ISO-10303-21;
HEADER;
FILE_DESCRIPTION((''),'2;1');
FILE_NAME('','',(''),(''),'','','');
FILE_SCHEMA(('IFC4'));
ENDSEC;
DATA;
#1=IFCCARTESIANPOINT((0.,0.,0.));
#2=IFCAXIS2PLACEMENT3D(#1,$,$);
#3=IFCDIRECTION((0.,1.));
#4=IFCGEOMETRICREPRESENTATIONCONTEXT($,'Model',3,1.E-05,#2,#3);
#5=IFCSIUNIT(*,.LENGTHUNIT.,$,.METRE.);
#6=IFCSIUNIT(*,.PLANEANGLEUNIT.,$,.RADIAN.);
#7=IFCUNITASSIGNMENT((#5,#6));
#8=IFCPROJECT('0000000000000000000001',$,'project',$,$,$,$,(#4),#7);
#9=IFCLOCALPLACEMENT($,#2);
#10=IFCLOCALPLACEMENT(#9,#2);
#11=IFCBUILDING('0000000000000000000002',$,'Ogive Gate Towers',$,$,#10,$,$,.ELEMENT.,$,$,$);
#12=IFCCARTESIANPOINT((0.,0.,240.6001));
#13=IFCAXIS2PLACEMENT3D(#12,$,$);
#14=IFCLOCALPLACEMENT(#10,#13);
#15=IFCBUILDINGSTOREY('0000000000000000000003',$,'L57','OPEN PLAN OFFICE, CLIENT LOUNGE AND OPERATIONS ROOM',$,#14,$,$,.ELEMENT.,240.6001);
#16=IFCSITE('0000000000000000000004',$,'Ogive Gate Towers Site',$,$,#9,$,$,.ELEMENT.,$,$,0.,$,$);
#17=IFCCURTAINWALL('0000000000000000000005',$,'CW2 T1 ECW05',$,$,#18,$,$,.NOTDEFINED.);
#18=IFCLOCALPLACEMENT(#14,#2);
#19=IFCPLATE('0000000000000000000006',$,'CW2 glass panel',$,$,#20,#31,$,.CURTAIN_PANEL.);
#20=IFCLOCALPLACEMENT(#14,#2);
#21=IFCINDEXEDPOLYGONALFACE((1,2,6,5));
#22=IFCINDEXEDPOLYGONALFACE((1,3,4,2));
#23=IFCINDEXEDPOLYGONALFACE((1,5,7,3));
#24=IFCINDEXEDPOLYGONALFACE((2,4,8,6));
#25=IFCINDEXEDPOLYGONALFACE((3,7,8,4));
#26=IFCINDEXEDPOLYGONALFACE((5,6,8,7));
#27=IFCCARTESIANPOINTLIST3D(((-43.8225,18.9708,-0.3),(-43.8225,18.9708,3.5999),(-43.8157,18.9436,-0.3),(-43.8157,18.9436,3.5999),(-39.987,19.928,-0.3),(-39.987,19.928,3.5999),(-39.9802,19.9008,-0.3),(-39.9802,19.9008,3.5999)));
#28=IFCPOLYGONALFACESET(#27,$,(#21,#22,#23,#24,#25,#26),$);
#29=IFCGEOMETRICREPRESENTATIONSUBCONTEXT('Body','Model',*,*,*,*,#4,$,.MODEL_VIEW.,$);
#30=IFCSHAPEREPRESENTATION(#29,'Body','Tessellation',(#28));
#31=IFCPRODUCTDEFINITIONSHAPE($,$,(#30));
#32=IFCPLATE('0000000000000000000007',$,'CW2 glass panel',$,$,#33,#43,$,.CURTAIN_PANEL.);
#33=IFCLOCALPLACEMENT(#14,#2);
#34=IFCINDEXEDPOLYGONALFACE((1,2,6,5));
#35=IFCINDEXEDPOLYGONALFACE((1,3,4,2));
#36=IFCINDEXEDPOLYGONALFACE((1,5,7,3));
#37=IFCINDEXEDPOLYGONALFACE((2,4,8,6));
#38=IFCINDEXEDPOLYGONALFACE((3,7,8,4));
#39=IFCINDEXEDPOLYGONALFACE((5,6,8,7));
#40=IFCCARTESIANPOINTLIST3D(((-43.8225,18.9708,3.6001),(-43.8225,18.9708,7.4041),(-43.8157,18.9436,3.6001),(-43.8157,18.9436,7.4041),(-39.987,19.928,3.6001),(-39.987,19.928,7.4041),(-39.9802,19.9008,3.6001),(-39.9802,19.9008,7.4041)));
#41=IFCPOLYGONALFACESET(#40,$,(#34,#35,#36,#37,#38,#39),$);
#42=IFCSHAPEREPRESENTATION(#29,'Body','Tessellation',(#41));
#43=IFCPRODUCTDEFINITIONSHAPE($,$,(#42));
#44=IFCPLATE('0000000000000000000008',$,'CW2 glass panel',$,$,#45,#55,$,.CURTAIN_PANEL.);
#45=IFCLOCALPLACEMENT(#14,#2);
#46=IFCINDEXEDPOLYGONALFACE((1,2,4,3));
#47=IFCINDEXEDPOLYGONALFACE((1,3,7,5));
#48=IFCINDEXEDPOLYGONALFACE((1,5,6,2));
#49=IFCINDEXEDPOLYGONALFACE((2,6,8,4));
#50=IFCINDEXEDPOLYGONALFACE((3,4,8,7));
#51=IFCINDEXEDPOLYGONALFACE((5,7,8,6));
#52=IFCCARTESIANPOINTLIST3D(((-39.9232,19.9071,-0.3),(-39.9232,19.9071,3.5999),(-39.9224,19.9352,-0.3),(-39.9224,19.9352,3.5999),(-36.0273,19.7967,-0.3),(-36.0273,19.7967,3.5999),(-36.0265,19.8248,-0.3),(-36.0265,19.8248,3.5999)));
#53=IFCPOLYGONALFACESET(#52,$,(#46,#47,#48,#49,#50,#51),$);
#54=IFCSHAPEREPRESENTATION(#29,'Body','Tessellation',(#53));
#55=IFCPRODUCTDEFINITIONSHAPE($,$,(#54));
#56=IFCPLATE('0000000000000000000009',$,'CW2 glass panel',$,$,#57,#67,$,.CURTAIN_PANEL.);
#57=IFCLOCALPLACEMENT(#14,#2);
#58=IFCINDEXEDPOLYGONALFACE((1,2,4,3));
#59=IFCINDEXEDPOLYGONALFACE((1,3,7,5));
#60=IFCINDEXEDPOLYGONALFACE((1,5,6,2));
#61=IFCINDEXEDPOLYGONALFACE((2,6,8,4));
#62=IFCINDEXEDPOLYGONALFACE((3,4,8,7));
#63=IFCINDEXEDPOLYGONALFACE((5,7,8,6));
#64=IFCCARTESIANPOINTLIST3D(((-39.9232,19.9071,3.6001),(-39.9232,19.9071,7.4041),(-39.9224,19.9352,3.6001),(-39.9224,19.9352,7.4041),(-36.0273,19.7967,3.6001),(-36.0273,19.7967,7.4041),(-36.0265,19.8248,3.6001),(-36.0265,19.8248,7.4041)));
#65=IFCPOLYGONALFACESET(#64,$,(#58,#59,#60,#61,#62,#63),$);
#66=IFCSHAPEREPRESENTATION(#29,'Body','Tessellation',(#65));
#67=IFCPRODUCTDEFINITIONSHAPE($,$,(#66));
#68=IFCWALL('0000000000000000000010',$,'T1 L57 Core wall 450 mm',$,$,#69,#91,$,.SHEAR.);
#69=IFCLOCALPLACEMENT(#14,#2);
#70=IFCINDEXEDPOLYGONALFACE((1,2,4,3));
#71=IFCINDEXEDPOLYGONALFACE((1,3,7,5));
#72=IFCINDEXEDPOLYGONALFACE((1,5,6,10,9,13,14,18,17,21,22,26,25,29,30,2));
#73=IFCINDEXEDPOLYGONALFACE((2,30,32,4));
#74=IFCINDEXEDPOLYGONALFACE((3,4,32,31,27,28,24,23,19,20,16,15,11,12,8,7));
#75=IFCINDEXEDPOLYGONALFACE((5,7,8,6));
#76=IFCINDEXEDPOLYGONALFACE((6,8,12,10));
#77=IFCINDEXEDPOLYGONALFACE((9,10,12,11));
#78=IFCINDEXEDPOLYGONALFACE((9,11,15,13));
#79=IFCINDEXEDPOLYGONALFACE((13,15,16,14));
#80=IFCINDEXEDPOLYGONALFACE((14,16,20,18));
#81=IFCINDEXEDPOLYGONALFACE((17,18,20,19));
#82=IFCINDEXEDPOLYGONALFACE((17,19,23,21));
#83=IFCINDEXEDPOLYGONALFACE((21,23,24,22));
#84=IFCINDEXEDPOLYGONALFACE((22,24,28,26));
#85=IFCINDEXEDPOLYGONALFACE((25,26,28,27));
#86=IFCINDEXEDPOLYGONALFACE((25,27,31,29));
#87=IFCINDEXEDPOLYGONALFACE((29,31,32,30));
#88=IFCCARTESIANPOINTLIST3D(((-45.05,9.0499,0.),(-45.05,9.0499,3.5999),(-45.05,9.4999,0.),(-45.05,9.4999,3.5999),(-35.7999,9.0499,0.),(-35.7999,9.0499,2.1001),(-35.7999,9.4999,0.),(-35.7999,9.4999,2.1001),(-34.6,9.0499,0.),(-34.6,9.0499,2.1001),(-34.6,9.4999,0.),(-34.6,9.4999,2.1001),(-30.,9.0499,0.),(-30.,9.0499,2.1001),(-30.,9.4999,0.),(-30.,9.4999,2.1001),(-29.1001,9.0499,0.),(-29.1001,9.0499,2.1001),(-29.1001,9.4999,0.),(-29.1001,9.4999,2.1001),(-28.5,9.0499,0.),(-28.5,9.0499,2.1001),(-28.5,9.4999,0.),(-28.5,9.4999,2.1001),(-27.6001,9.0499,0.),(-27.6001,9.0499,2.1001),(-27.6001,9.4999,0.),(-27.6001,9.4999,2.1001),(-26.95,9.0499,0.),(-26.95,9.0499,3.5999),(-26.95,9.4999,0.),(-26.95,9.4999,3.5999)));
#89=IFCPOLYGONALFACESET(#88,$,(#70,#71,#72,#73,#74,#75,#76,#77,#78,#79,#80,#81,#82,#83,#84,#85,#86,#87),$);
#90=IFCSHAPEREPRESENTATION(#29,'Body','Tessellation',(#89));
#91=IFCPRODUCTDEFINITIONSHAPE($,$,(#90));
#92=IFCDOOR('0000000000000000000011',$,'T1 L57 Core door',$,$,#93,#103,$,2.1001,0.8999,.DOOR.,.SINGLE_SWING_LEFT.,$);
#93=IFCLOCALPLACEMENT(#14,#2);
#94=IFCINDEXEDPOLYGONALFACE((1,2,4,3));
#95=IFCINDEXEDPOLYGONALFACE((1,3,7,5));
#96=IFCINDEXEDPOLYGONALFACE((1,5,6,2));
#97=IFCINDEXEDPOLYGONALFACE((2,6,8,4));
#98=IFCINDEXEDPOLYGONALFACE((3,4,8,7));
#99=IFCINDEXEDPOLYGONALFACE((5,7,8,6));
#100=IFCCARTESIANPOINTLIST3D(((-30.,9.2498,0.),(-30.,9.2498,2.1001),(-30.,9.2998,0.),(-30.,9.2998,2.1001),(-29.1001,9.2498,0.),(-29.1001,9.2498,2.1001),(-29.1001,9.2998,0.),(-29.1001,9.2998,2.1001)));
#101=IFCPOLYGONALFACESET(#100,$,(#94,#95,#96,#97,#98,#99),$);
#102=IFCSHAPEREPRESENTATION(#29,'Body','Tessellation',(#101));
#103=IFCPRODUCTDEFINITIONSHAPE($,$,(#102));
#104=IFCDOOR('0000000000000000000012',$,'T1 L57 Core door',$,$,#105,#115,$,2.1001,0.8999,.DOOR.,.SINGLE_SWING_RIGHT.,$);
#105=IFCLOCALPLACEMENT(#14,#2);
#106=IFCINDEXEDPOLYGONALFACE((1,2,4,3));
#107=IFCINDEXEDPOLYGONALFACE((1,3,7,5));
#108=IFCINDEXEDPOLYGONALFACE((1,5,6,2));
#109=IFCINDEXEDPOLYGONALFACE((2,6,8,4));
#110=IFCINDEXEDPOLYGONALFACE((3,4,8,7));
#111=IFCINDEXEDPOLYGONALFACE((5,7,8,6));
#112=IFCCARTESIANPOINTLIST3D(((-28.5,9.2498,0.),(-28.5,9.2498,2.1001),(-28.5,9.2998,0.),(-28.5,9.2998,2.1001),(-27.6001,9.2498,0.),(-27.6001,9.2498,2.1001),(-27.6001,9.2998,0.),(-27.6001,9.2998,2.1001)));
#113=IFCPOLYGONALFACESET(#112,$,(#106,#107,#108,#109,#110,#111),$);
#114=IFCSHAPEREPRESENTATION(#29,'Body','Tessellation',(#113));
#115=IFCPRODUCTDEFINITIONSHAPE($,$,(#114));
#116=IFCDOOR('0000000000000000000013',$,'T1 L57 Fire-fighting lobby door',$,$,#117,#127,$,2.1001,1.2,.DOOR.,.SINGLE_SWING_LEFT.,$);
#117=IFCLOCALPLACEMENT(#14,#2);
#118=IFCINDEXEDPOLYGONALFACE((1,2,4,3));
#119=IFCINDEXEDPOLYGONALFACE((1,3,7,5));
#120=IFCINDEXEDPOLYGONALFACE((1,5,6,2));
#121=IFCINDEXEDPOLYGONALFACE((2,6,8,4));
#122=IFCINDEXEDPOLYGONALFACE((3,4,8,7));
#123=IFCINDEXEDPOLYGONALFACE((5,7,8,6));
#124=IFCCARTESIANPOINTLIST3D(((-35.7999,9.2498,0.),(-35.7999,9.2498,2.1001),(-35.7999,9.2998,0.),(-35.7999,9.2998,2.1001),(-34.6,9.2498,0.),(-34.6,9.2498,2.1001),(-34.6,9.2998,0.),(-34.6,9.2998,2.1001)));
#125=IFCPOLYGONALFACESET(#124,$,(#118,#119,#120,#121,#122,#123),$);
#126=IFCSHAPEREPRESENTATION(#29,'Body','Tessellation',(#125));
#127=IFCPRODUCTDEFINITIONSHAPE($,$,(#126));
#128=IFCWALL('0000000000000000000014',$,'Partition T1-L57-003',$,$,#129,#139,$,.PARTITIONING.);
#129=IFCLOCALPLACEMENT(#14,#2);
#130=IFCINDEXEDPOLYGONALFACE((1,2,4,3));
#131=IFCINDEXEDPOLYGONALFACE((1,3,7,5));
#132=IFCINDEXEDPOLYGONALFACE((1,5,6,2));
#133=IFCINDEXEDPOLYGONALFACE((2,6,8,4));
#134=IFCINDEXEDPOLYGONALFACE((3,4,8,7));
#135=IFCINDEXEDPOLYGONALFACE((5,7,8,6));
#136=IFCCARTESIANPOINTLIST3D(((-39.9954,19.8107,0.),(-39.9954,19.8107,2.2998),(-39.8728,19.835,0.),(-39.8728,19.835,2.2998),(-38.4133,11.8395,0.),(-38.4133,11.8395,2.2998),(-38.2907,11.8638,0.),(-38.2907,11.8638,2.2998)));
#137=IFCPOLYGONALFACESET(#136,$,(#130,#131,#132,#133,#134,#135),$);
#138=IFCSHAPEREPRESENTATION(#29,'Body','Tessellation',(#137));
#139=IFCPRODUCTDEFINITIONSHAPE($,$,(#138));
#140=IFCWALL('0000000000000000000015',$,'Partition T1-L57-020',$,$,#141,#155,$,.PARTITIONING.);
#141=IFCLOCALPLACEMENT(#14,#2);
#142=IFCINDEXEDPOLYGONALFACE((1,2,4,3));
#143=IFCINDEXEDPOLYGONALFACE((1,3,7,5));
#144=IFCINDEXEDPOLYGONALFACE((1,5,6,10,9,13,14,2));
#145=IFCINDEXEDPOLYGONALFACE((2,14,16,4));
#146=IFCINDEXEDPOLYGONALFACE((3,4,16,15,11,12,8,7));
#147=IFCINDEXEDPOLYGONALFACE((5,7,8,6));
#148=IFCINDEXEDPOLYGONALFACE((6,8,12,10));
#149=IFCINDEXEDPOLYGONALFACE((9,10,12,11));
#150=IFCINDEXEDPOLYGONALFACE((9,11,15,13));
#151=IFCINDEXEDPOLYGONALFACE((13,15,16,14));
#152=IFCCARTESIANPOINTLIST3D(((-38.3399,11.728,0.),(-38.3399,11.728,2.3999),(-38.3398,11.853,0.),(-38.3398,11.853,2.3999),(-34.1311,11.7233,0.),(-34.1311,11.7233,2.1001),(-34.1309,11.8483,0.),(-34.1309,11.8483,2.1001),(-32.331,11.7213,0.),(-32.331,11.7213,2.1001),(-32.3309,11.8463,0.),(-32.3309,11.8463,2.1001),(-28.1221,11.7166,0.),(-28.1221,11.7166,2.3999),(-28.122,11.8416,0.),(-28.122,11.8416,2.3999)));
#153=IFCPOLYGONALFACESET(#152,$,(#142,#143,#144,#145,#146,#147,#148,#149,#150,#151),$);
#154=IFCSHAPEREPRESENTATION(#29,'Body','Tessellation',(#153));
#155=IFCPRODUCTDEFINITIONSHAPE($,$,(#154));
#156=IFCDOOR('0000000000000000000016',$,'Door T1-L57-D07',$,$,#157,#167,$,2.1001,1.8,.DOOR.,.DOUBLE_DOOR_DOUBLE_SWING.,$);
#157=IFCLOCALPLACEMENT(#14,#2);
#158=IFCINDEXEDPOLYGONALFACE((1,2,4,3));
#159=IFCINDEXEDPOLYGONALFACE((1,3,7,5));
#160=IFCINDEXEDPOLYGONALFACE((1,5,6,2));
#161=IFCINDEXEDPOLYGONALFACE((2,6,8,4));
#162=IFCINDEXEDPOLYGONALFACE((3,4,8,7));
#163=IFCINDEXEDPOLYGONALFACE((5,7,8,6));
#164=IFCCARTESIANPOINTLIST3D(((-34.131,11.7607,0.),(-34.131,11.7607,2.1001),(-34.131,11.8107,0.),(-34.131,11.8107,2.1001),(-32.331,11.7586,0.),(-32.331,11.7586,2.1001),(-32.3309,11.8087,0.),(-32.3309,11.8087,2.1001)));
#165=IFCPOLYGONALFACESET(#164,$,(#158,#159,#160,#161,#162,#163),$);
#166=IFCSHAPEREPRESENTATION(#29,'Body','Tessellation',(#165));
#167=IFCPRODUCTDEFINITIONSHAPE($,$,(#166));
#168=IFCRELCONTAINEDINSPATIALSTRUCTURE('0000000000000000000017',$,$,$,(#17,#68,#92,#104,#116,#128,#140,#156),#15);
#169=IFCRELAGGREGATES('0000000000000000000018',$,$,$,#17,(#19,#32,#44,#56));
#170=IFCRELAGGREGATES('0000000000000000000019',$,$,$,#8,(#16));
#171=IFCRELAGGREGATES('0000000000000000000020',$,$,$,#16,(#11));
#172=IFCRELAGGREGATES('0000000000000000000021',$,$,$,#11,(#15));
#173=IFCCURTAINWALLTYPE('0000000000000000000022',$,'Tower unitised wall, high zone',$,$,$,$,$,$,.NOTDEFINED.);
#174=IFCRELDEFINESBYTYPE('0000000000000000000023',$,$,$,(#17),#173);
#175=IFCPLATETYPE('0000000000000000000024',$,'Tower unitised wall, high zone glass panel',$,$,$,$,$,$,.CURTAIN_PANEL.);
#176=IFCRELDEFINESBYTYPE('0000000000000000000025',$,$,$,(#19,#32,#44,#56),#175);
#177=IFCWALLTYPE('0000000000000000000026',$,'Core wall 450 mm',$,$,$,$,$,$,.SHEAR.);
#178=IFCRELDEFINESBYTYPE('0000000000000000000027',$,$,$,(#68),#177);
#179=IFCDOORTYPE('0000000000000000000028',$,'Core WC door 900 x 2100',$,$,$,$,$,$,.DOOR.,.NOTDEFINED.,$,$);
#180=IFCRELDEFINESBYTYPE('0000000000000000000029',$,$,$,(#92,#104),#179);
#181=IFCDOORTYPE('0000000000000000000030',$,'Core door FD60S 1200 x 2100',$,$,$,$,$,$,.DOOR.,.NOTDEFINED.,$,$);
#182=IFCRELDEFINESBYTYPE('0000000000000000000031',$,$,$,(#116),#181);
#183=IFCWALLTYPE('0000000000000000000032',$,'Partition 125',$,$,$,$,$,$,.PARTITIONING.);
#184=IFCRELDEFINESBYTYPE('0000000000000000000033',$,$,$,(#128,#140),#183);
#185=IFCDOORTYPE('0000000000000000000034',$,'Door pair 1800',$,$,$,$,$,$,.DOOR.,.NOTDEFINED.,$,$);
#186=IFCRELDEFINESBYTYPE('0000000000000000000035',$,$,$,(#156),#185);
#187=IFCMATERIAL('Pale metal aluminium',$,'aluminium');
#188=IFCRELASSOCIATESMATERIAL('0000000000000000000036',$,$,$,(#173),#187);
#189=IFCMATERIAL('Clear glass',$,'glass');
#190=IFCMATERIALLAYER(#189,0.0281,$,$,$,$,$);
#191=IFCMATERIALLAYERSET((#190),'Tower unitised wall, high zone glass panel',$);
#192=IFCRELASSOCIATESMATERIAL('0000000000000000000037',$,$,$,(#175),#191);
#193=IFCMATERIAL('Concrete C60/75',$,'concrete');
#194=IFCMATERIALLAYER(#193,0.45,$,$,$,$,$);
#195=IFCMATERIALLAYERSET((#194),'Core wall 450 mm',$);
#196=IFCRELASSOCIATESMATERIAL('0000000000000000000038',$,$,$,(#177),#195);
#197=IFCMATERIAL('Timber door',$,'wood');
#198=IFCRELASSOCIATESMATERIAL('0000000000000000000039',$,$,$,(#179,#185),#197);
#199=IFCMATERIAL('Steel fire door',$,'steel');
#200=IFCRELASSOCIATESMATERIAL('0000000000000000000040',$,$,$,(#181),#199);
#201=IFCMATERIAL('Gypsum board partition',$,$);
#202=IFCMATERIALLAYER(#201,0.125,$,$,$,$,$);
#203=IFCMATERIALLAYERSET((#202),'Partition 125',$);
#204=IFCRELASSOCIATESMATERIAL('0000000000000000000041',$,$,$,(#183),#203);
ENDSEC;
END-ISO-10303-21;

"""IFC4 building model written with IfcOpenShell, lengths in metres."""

from ifc_helpers import new_model, si_unit, direction, frame, frame_2d, origin, origin_2d, place, context, subcontext, project, spatial, rectangle, extrude, material, layer, layer_set, type_object, element, fill, aggregate, save


model = new_model("IFC4")

# Units and contexts
model_context = context("Model", 3, precision=1e-05, world=origin(), true_north=direction((0.0, 1.0)))
body_context = subcontext(model_context, "Body", "Model", "MODEL_VIEW")
ifc_project = project(units=[si_unit("LENGTHUNIT", "METRE"), si_unit("PLANEANGLEUNIT", "RADIAN")], contexts=[model_context])

# Site, building, storey
site_placement = place(None, origin())
site = spatial("IfcSite", under=ifc_project, at=site_placement, Name="Ogive Gate Towers Site", CompositionType="ELEMENT", RefElevation=0.0)
building_placement = place(site_placement, origin())
building = spatial("IfcBuilding", under=site, at=building_placement, Name="Ogive Gate Towers", CompositionType="ELEMENT")
storey_placement = place(building_placement, frame((0.0, 0.0, 240.6001)))
storey = spatial("IfcBuildingStorey", under=building, at=storey_placement, Name="L57", Description="OPEN PLAN OFFICE, CLIENT LOUNGE AND OPERATIONS ROOM", CompositionType="ELEMENT", Elevation=240.6001)

# Curtain wall
ifc_material_1 = material(Name="Pale metal aluminium", Category="aluminium")
curtain_wall_type = type_object("IfcCurtainWallType", Name="Tower unitised wall, high zone", PredefinedType="NOTDEFINED", material=ifc_material_1)
curtain_wall_placement = place(storey_placement, origin())
curtain_wall = element("IfcCurtainWall", 1, at=curtain_wall_placement, inside=storey, type_object=curtain_wall_type, Name="CW2 T1 ECW05", PredefinedType="NOTDEFINED")

# Plates
ifc_material_2 = material(Name="Clear glass", Category="glass")
ifc_layer_1 = layer(ifc_material_2, 0.0281)
ifc_layer_set_1 = layer_set([ifc_layer_1], Name="Tower unitised wall, high zone glass panel")
plate_type = type_object("IfcPlateType", Name="Tower unitised wall, high zone glass panel", PredefinedType="CURTAIN_PANEL", material=ifc_layer_set_1)
plate_1_placement = place(storey_placement, frame((-41.9014, 19.4358, -0.3), z_axis=(0.0, 0.0, 1.0), x_axis=(0.970241, 0.242142, 0.0)))
plate_1 = element("IfcPlate", 2, at=plate_1_placement, type_object=plate_type, Name="CW2 glass panel", PredefinedType="CURTAIN_PANEL", context=body_context, shape_type="SweptSolid", body=[
    extrude(rectangle(XDim=3.9531, YDim=0.0281, at=origin_2d()), origin(), (0.0, 0.0, 1.0), 3.8999),
])
plate_2_placement = place(storey_placement, frame((-41.9014, 19.4358, 3.6001), z_axis=(0.0, 0.0, 1.0), x_axis=(0.970241, 0.242142, 0.0)))
plate_2 = element("IfcPlate", 3, at=plate_2_placement, type_object=plate_type, Name="CW2 glass panel", PredefinedType="CURTAIN_PANEL", context=body_context, shape_type="SweptSolid", body=[
    extrude(rectangle(XDim=3.9531, YDim=0.0281, at=origin_2d()), origin(), (0.0, 0.0, 1.0), 3.804),
])
plate_3_placement = place(storey_placement, frame((-37.9749, 19.866, -0.3), z_axis=(0.0, 0.0, 1.0), x_axis=(0.999599, -0.028323, 0.0)))
plate_3 = element("IfcPlate", 4, at=plate_3_placement, type_object=plate_type, Name="CW2 glass panel", PredefinedType="CURTAIN_PANEL", context=body_context, shape_type="SweptSolid", body=[
    extrude(rectangle(XDim=3.8975, YDim=0.0281, at=origin_2d()), origin(), (0.0, 0.0, 1.0), 3.8999),
])
plate_4_placement = place(storey_placement, frame((-37.9749, 19.866, 3.6001), z_axis=(0.0, 0.0, 1.0), x_axis=(0.999599, -0.028323, 0.0)))
plate_4 = element("IfcPlate", 5, at=plate_4_placement, type_object=plate_type, Name="CW2 glass panel", PredefinedType="CURTAIN_PANEL", context=body_context, shape_type="SweptSolid", body=[
    extrude(rectangle(XDim=3.8975, YDim=0.0281, at=origin_2d()), origin(), (0.0, 0.0, 1.0), 3.804),
])
aggregate(curtain_wall, [plate_1, plate_2, plate_3, plate_4])

# Wall, openings, doors
ifc_material_3 = material(Name="Concrete C60/75", Category="concrete")
ifc_layer_2 = layer(ifc_material_3, 0.45)
ifc_layer_set_2 = layer_set([ifc_layer_2], Name="Core wall 450 mm")
wall_type_1 = type_object("IfcWallType", Name="Core wall 450 mm", PredefinedType="SHEAR", material=ifc_layer_set_2)
wall_1_placement = place(storey_placement, frame((-45.05, 9.2749, 0.0), z_axis=(0.0, 0.0, 1.0), x_axis=(1.0, 0.0, 0.0)))
wall_1 = element("IfcWall", 6, at=wall_1_placement, inside=storey, type_object=wall_type_1, Name="T1 L57 Core wall 450 mm", PredefinedType="SHEAR", context=body_context, shape_type="SweptSolid", body=[
    extrude(rectangle(XDim=18.1001, YDim=0.45, at=frame_2d((9.05, 0.0))), origin(), (0.0, 0.0, 1.0), 3.5999),
])
opening_1_placement = place(wall_1_placement, frame((9.25, 0.0, 0.0)))
opening_1 = element("IfcOpeningElement", 7, at=opening_1_placement, cuts=wall_1, PredefinedType="OPENING", context=body_context, shape_type="SweptSolid", body=[
    extrude(rectangle(XDim=1.2, YDim=2.1001, at=frame_2d((0.6001, 1.05))), frame((0.0, 0.2349, 0.0), z_axis=(0.0, -1.0, 0.0), x_axis=(1.0, 0.0, 0.0)), (0.0, 0.0, 1.0), 0.47),
])
opening_2_placement = place(wall_1_placement, frame((15.05, 0.0, 0.0)))
opening_2 = element("IfcOpeningElement", 8, at=opening_2_placement, cuts=wall_1, PredefinedType="OPENING", context=body_context, shape_type="SweptSolid", body=[
    extrude(rectangle(XDim=0.8999, YDim=2.1001, at=frame_2d((0.45, 1.05))), frame((0.0, 0.2349, 0.0), z_axis=(0.0, -1.0, 0.0), x_axis=(1.0, 0.0, 0.0)), (0.0, 0.0, 1.0), 0.47),
])
opening_3_placement = place(wall_1_placement, frame((16.55, 0.0, 0.0)))
opening_3 = element("IfcOpeningElement", 9, at=opening_3_placement, cuts=wall_1, PredefinedType="OPENING", context=body_context, shape_type="SweptSolid", body=[
    extrude(rectangle(XDim=0.8999, YDim=2.1001, at=frame_2d((0.45, 1.05))), frame((0.0, 0.2349, 0.0), z_axis=(0.0, -1.0, 0.0), x_axis=(1.0, 0.0, 0.0)), (0.0, 0.0, 1.0), 0.47),
])
ifc_material_4 = material(Name="Timber door", Category="wood")
door_type_1 = type_object("IfcDoorType", Name="Core WC door 900 x 2100", OperationType="NOTDEFINED", PredefinedType="DOOR", material=ifc_material_4)
door_1_placement = place(opening_2_placement, origin())
door_1 = element("IfcDoor", 10, at=door_1_placement, inside=storey, type_object=door_type_1, Name="T1 L57 Core door", OperationType="SINGLE_SWING_LEFT", OverallHeight=2.1001, OverallWidth=0.8999, PredefinedType="DOOR", context=body_context, shape_type="SweptSolid", body=[
    extrude(rectangle(XDim=0.8999, YDim=2.1001, at=frame_2d((0.45, 1.05))), frame((0.0, 0.0249, 0.0), z_axis=(0.0, -1.0, 0.0), x_axis=(1.0, 0.0, 0.0)), (0.0, 0.0, 1.0), 0.05),
])
fill(opening_2, door_1)
door_2_placement = place(opening_3_placement, origin())
door_2 = element("IfcDoor", 11, at=door_2_placement, inside=storey, type_object=door_type_1, Name="T1 L57 Core door", OperationType="SINGLE_SWING_RIGHT", OverallHeight=2.1001, OverallWidth=0.8999, PredefinedType="DOOR", context=body_context, shape_type="SweptSolid", body=[
    extrude(rectangle(XDim=0.8999, YDim=2.1001, at=frame_2d((0.45, 1.05))), frame((0.0, 0.0249, 0.0), z_axis=(0.0, -1.0, 0.0), x_axis=(1.0, 0.0, 0.0)), (0.0, 0.0, 1.0), 0.05),
])
fill(opening_3, door_2)
ifc_material_5 = material(Name="Steel fire door", Category="steel")
door_type_2 = type_object("IfcDoorType", Name="Core door FD60S 1200 x 2100", OperationType="NOTDEFINED", PredefinedType="DOOR", material=ifc_material_5)
door_3_placement = place(opening_1_placement, origin())
door_3 = element("IfcDoor", 12, at=door_3_placement, inside=storey, type_object=door_type_2, Name="T1 L57 Fire-fighting lobby door", OperationType="SINGLE_SWING_LEFT", OverallHeight=2.1001, OverallWidth=1.2, PredefinedType="DOOR", context=body_context, shape_type="SweptSolid", body=[
    extrude(rectangle(XDim=1.2, YDim=2.1001, at=frame_2d((0.6001, 1.05))), frame((0.0, 0.0249, 0.0), z_axis=(0.0, -1.0, 0.0), x_axis=(1.0, 0.0, 0.0)), (0.0, 0.0, 1.0), 0.05),
])
fill(opening_1, door_3)

# Wall
ifc_material_6 = material(Name="Gypsum board partition")
ifc_layer_3 = layer(ifc_material_6, 0.125)
ifc_layer_set_3 = layer_set([ifc_layer_3], Name="Partition 125")
wall_type_2 = type_object("IfcWallType", Name="Partition 125", PredefinedType="PARTITIONING", material=ifc_layer_set_3)
wall_2_placement = place(storey_placement, frame((-39.9341, 19.823, 0.0), z_axis=(0.0, 0.0, 1.0), x_axis=(0.194672, -0.980868, 0.0)))
element("IfcWall", 13, at=wall_2_placement, inside=storey, type_object=wall_type_2, Name="Partition T1-L57-003", PredefinedType="PARTITIONING", context=body_context, shape_type="SweptSolid", body=[
    extrude(rectangle(XDim=8.1267, YDim=0.125, at=frame_2d((4.0635, 0.0))), origin(), (0.0, 0.0, 1.0), 2.2998),
])

# Wall, opening, door
wall_3_placement = place(storey_placement, frame((-38.3398, 11.7905, 0.0), z_axis=(0.0, 0.0, 1.0), x_axis=(0.999999, -0.001123, 0.0)))
wall_3 = element("IfcWall", 14, at=wall_3_placement, inside=storey, type_object=wall_type_2, Name="Partition T1-L57-020", PredefinedType="PARTITIONING", context=body_context, shape_type="SweptSolid", body=[
    extrude(rectangle(XDim=10.2178, YDim=0.125, at=frame_2d((5.1089, 0.0))), origin(), (0.0, 0.0, 1.0), 2.3999),
])
opening_4_placement = place(wall_3_placement, frame((4.209, 0.0, 0.0)))
opening_4 = element("IfcOpeningElement", 15, at=opening_4_placement, cuts=wall_3, PredefinedType="OPENING", context=body_context, shape_type="SweptSolid", body=[
    extrude(rectangle(XDim=1.8, YDim=2.1001, at=frame_2d((0.8999, 1.05))), frame((0.0, 0.0725, 0.0), z_axis=(0.0, -1.0, 0.0), x_axis=(1.0, 0.0, 0.0)), (0.0, 0.0, 1.0), 0.145),
])
door_type_3 = type_object("IfcDoorType", Name="Door pair 1800", OperationType="NOTDEFINED", PredefinedType="DOOR", material=ifc_material_4)
door_4_placement = place(opening_4_placement, origin())
door_4 = element("IfcDoor", 16, at=door_4_placement, inside=storey, type_object=door_type_3, Name="Door T1-L57-D07", OperationType="DOUBLE_DOOR_DOUBLE_SWING", OverallHeight=2.1001, OverallWidth=1.8, PredefinedType="DOOR", context=body_context, shape_type="SweptSolid", body=[
    extrude(rectangle(XDim=1.8, YDim=2.1001, at=frame_2d((0.8999, 1.05))), frame((0.0, 0.0249, 0.0), z_axis=(0.0, -1.0, 0.0), x_axis=(1.0, 0.0, 0.0)), (0.0, 0.0, 1.0), 0.05),
])
fill(opening_4, door_4)

save(model, "model.ifc")
